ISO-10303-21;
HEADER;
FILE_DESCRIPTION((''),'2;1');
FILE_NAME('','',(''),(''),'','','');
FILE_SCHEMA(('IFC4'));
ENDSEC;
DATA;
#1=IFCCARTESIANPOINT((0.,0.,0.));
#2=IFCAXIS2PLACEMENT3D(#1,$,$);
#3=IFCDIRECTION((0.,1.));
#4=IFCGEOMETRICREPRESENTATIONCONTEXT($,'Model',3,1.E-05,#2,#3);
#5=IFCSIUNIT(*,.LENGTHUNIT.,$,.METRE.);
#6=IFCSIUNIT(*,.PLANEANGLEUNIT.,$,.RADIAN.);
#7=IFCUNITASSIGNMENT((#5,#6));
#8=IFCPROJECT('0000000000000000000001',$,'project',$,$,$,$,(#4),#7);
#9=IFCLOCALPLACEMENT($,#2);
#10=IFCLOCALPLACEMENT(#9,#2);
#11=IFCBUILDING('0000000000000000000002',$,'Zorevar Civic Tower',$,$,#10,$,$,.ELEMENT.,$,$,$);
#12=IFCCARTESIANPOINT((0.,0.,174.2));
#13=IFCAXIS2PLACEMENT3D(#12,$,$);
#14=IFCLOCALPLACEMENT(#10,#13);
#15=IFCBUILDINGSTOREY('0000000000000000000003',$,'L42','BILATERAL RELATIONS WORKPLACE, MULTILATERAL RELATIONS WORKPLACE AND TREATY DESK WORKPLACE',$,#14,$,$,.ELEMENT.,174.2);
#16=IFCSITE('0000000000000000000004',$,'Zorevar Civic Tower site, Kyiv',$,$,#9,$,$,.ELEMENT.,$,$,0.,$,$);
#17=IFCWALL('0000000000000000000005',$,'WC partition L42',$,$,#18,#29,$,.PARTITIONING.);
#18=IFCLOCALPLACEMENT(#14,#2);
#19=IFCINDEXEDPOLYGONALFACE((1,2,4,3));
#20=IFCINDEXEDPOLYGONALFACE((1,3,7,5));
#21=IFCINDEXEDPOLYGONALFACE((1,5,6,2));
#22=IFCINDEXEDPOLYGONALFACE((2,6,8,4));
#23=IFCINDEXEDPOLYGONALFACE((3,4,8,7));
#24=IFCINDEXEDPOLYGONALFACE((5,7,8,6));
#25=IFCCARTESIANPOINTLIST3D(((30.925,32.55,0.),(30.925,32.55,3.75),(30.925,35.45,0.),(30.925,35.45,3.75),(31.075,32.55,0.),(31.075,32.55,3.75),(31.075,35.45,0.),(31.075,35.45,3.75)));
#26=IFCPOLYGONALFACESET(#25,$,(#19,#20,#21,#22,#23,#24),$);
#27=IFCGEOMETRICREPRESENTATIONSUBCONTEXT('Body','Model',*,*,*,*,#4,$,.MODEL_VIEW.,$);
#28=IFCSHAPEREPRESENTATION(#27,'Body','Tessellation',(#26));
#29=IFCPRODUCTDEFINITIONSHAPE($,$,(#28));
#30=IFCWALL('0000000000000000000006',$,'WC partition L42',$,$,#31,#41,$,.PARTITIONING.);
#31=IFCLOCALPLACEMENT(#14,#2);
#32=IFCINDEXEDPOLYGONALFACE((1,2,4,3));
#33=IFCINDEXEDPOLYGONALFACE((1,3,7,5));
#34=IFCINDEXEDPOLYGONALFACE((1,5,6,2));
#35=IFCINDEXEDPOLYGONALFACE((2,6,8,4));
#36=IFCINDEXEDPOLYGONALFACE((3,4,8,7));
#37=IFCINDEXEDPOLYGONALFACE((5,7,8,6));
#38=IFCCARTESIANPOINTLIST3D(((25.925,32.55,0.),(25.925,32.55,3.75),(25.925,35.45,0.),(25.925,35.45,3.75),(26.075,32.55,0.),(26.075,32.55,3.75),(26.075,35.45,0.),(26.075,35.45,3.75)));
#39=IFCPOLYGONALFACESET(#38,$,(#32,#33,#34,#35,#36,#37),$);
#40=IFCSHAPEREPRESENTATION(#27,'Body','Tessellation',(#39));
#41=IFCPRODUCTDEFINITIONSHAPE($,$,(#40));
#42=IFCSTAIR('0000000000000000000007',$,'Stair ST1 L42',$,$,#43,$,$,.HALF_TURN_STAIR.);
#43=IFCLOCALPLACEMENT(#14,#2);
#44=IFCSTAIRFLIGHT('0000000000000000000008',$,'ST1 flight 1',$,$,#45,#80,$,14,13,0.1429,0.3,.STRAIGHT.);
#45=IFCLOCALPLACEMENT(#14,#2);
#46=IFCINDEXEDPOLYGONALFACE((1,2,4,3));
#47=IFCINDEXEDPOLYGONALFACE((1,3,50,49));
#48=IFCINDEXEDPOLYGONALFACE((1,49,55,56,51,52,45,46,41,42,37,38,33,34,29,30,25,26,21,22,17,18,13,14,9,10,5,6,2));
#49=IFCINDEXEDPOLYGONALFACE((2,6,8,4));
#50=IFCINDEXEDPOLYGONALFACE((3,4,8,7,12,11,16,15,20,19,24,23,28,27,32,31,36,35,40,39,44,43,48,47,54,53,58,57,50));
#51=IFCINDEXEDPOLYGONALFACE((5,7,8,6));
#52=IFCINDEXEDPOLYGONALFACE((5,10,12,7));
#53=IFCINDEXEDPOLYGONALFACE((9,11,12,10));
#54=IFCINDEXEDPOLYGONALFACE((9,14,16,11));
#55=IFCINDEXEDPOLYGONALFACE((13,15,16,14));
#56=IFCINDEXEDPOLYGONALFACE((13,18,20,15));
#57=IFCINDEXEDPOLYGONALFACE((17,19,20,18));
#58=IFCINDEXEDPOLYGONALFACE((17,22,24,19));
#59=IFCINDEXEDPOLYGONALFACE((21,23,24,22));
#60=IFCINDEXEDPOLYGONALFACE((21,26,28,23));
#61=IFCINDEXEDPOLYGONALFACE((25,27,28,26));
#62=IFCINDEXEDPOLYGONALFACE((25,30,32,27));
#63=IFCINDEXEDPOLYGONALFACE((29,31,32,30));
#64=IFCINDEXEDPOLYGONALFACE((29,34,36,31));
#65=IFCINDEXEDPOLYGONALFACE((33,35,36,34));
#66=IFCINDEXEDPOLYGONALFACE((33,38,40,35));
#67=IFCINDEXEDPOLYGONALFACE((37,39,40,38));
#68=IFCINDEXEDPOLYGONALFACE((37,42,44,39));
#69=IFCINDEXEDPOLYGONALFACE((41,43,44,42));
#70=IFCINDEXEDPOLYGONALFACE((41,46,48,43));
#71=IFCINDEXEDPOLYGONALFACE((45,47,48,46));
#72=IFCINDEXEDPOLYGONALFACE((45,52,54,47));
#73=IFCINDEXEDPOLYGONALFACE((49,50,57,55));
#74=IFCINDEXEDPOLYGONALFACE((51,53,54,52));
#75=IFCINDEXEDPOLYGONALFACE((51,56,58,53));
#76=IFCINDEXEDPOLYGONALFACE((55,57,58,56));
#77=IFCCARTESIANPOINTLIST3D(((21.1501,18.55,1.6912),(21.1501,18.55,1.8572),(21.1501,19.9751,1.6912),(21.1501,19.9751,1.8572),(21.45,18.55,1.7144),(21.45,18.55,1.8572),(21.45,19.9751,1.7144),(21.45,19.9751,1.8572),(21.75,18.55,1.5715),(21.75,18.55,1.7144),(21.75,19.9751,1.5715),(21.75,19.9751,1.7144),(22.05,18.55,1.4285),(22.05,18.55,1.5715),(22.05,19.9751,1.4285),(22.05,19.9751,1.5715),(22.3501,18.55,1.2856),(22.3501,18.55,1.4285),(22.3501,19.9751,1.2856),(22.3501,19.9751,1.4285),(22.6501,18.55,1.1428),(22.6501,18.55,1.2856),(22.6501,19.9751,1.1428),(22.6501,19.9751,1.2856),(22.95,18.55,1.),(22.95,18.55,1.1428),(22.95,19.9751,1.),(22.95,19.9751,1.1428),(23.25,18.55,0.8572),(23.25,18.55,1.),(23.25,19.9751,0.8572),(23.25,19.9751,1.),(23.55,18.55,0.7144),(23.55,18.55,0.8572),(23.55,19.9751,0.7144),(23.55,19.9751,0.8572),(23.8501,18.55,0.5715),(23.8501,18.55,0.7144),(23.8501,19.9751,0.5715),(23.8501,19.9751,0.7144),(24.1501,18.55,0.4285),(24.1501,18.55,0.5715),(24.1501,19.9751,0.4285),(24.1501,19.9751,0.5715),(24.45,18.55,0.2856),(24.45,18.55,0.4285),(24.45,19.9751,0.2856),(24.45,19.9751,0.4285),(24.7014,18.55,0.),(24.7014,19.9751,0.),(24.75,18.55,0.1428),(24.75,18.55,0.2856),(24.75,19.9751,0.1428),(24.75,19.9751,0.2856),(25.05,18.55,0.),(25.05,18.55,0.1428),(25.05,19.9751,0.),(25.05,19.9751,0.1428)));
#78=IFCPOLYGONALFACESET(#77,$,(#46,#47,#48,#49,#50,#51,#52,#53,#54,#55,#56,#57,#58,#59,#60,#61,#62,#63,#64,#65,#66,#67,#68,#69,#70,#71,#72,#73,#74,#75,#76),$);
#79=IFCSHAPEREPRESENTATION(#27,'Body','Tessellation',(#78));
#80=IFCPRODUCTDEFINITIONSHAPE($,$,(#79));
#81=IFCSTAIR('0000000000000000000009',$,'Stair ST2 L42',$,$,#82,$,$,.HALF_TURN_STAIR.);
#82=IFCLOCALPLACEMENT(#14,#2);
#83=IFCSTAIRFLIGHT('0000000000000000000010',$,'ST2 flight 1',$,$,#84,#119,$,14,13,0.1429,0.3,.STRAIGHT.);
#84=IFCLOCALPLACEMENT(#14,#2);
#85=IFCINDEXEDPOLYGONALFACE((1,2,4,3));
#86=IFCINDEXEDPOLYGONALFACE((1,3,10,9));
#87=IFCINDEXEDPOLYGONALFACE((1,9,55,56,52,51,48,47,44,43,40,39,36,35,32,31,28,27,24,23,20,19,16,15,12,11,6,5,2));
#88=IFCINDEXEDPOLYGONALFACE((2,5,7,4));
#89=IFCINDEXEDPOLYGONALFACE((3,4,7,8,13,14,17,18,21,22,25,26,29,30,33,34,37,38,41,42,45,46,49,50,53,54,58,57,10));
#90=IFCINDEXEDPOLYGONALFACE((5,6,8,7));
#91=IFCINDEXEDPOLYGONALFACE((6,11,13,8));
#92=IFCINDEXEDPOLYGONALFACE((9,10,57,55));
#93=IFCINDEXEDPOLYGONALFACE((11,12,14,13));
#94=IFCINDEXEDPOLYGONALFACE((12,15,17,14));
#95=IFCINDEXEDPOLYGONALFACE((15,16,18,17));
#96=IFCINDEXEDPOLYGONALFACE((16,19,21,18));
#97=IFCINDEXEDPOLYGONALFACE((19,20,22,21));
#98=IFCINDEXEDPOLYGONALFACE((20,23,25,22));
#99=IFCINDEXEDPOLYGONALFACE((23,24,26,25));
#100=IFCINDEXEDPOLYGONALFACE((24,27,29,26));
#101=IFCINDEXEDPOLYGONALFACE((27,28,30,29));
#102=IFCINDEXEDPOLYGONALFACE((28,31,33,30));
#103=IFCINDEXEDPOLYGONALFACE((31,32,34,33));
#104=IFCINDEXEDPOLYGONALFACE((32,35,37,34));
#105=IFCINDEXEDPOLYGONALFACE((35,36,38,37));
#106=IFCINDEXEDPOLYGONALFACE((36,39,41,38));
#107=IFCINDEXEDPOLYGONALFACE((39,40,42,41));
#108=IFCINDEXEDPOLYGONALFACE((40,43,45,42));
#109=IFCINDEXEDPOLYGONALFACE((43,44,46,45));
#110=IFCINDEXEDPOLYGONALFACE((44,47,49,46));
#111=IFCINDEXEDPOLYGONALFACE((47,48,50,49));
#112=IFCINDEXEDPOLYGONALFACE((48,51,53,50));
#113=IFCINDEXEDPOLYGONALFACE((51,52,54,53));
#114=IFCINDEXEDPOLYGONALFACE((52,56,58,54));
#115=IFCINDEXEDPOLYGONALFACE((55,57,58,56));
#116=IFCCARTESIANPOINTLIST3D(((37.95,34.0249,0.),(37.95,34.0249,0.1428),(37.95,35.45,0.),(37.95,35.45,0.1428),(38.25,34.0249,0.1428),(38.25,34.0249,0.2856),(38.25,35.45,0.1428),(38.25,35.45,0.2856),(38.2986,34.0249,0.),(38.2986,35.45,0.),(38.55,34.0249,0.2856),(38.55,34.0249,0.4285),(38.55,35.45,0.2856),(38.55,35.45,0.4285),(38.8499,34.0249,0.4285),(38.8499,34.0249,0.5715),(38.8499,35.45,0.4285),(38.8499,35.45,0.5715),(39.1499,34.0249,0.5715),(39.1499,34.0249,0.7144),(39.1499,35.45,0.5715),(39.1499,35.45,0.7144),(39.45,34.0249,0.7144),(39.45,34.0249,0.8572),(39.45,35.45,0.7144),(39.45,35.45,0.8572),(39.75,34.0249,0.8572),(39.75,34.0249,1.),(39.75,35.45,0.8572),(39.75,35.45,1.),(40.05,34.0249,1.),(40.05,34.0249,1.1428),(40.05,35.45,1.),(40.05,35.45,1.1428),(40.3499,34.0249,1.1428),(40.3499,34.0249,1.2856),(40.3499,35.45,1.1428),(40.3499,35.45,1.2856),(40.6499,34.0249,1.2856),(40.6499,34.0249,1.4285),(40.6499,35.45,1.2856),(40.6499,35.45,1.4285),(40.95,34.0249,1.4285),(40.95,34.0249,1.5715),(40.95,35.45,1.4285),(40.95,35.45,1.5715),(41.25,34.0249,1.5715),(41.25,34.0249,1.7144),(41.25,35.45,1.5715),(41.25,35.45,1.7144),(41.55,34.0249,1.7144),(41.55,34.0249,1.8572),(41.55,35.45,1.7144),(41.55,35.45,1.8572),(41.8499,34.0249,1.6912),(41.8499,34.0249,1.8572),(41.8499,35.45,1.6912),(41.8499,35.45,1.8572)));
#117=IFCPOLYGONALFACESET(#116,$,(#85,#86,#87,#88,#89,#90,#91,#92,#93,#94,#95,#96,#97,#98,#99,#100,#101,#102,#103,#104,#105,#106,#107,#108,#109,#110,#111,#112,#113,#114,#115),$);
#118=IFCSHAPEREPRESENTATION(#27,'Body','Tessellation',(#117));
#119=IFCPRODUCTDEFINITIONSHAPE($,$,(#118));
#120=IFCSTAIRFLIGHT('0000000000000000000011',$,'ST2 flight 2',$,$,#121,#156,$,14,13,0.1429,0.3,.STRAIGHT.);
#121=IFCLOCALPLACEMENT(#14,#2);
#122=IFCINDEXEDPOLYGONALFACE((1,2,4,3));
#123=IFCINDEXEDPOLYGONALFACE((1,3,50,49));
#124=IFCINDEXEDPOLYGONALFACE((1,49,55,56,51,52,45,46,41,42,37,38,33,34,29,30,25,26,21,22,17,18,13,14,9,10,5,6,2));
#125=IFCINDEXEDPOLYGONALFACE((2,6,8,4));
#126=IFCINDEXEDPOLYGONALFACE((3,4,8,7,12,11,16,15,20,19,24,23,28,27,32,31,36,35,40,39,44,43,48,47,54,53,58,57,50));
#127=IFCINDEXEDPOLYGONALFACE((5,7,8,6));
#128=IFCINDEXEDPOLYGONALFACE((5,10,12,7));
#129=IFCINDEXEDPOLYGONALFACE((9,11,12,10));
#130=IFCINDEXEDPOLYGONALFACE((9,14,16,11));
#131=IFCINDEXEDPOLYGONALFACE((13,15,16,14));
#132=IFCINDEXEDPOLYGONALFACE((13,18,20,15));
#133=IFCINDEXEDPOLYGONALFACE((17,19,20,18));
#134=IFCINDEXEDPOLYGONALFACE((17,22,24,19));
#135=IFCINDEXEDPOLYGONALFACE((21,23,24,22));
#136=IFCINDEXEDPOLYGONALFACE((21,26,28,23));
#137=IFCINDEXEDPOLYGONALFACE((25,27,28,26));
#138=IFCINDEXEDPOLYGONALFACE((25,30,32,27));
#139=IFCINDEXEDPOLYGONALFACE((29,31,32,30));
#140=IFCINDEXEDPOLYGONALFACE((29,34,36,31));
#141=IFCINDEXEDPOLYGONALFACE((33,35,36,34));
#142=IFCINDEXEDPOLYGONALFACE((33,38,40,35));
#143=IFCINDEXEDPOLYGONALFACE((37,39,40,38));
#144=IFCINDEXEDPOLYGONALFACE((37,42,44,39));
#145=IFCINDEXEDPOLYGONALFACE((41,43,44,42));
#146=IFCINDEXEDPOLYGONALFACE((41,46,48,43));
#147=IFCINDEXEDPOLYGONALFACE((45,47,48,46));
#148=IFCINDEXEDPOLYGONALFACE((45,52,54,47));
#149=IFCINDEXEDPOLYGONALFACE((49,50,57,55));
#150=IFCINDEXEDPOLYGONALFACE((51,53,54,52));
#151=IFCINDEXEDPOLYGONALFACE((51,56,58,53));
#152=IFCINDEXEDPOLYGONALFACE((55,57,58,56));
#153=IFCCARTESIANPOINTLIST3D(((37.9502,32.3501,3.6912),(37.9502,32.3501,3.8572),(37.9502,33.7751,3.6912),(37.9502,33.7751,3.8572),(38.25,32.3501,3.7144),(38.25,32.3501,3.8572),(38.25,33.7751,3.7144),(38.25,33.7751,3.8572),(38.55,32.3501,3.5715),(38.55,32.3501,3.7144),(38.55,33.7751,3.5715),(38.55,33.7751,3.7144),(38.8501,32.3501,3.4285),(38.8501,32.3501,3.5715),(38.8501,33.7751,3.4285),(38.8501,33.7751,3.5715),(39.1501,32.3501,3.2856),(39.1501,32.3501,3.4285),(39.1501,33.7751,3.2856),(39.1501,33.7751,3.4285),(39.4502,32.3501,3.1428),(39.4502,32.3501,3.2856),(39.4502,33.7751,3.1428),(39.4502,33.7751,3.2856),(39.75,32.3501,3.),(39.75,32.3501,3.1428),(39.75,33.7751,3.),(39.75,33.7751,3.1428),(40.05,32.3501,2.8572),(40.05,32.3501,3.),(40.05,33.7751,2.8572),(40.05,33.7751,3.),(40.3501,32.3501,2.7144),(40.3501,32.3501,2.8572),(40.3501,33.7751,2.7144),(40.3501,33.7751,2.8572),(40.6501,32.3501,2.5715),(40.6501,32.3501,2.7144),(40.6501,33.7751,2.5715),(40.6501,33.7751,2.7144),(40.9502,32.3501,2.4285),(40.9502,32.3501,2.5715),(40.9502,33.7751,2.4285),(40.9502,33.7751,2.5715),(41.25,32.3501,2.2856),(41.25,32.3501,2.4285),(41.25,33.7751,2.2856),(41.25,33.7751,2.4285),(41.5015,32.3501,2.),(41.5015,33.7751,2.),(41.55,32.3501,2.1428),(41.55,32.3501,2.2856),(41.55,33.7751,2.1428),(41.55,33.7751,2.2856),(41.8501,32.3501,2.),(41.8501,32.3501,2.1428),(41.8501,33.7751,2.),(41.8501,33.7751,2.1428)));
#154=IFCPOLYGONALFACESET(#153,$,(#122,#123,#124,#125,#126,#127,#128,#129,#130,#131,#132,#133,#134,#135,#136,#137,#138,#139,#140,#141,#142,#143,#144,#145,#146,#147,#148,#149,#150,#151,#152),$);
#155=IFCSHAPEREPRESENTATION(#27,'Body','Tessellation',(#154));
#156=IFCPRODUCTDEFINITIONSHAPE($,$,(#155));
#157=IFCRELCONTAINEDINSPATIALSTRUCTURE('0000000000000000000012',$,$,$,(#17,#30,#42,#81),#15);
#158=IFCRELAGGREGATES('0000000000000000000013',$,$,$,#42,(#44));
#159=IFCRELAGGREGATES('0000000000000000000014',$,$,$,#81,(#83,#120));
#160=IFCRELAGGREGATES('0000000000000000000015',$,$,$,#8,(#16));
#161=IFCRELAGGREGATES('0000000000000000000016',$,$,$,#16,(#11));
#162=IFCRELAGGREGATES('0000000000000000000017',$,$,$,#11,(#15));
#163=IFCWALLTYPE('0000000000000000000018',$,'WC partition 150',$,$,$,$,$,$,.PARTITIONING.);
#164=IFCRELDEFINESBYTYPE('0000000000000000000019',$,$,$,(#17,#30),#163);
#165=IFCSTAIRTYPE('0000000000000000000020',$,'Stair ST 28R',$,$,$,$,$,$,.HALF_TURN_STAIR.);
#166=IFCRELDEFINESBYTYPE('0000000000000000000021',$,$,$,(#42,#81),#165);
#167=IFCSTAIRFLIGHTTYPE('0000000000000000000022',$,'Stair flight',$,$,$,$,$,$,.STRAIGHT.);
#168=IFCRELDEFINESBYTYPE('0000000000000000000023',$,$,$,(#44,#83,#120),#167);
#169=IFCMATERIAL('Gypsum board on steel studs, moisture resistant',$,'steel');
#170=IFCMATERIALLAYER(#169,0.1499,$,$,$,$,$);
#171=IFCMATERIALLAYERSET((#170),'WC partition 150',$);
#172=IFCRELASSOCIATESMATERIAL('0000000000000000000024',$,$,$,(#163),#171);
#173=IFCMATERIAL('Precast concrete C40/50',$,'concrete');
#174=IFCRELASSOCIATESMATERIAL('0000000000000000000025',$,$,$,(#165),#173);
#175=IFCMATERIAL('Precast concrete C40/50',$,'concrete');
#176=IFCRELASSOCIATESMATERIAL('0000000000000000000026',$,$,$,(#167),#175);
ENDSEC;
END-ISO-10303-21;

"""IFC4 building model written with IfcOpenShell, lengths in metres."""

from ifc_helpers import new_model, si_unit, direction, frame, frame_2d, origin, place, context, subcontext, project, spatial, polyline, rectangle, outline, extrude, material, layer, layer_set, type_object, element, aggregate, save


model = new_model("IFC4")

# Units and contexts
model_context = context("Model", 3, precision=1e-05, world=origin(), true_north=direction((0.0, 1.0)))
body_context = subcontext(model_context, "Body", "Model", "MODEL_VIEW")
ifc_project = project(units=[si_unit("LENGTHUNIT", "METRE"), si_unit("PLANEANGLEUNIT", "RADIAN")], contexts=[model_context])

# Site, building, storey
site_placement = place(None, origin())
site = spatial("IfcSite", under=ifc_project, at=site_placement, Name="Zorevar Civic Tower site, Kyiv", CompositionType="ELEMENT", RefElevation=0.0)
building_placement = place(site_placement, origin())
building = spatial("IfcBuilding", under=site, at=building_placement, Name="Zorevar Civic Tower", CompositionType="ELEMENT")
storey_placement = place(building_placement, frame((0.0, 0.0, 174.2)))
storey = spatial("IfcBuildingStorey", under=building, at=storey_placement, Name="L42", Description="BILATERAL RELATIONS WORKPLACE, MULTILATERAL RELATIONS WORKPLACE AND TREATY DESK WORKPLACE", CompositionType="ELEMENT", Elevation=174.2)

# Walls
ifc_material_1 = material(Name="Gypsum board on steel studs, moisture resistant", Category="steel")
ifc_layer_1 = layer(ifc_material_1, 0.1499)
ifc_layer_set_1 = layer_set([ifc_layer_1], Name="WC partition 150")
wall_type_1 = type_object("IfcWallType", Name="WC partition 150", PredefinedType="PARTITIONING", material=ifc_layer_set_1)
for number, where, z_axis, x_axis, name in (
    (1, (31.0, 32.55, 0.0), (0.0, 0.0, 1.0), (0.0, 1.0, 0.0), "WC partition L42"),
    (2, (26.0, 32.55, 0.0), (0.0, 0.0, 1.0), (0.0, 1.0, 0.0), "WC partition L42"),
):
    element("IfcWall", number, at=place(storey_placement, frame(where, z_axis=z_axis, x_axis=x_axis)), inside=storey, type_object=wall_type_1, Name=name, PredefinedType="PARTITIONING", context=body_context, shape_type="SweptSolid", body=[
        extrude(rectangle(XDim=2.8999, YDim=0.1499, at=frame_2d((1.45, 0.0))), origin(), (0.0, 0.0, 1.0), 3.75),
    ])

# Stair, stair flight
ifc_material_2 = material(Name="Precast concrete C40/50", Category="concrete")
stair_type = type_object("IfcStairType", Name="Stair ST 28R", PredefinedType="HALF_TURN_STAIR", material=ifc_material_2)
stair_1_placement = place(storey_placement, origin())
stair_1 = element("IfcStair", 3, at=stair_1_placement, inside=storey, type_object=stair_type, Name="Stair ST1 L42", PredefinedType="HALF_TURN_STAIR")
ifc_material_3 = material(Name="Precast concrete C40/50", Category="concrete")
stair_flight_type = type_object("IfcStairFlightType", Name="Stair flight", PredefinedType="STRAIGHT", material=ifc_material_3)
stair_flight_1_placement = place(storey_placement, frame((25.05, 19.2625, 0.0), z_axis=(0.0, 0.0, 1.0), x_axis=(-1.0, 0.0, 0.0)))
stair_flight_1 = element("IfcStairFlight", 4, at=stair_flight_1_placement, type_object=stair_flight_type, Name="ST1 flight 1", NumberOfRisers=14, NumberOfTreads=13, PredefinedType="STRAIGHT", RiserHeight=0.1429, TreadLength=0.3, context=body_context, shape_type="SweptSolid", body=[
    extrude(outline(polyline([(0.0, 0.0), (0.0, 0.1428), (0.3, 0.1428), (0.3, 0.2856), (0.6001, 0.2856), (0.6001, 0.4285), (0.8999, 0.4285), (0.8999, 0.5715), (1.2, 0.5715), (1.2, 0.7144), (1.5, 0.7144), (1.5, 0.8572), (1.8, 0.8572), (1.8, 1.0), (2.1001, 1.0), (2.1001, 1.1428), (2.3999, 1.1428), (2.3999, 1.2856), (2.7, 1.2856), (2.7, 1.4285), (3.0, 1.4285), (3.0, 1.5715), (3.3, 1.5715), (3.3, 1.7144), (3.6001, 1.7144), (3.6001, 1.8572), (3.8999, 1.8572), (3.8999, 2.0), (3.8999, 1.6912), (0.3486, 0.0), (0.0, 0.0)])), frame((0.0, 0.7124, 0.0), z_axis=(0.0, -1.0, 0.0), x_axis=(1.0, 0.0, 0.0)), (0.0, 0.0, 1.0), 1.425),
])
aggregate(stair_1, [stair_flight_1])

# Stair, stair flights
stair_2_placement = place(storey_placement, origin())
stair_2 = element("IfcStair", 5, at=stair_2_placement, inside=storey, type_object=stair_type, Name="Stair ST2 L42", PredefinedType="HALF_TURN_STAIR")
stair_flight_2_placement = place(storey_placement, frame((37.95, 34.7375, 0.0), z_axis=(0.0, 0.0, 1.0), x_axis=(1.0, 0.0, 0.0)))
stair_flight_2 = element("IfcStairFlight", 6, at=stair_flight_2_placement, type_object=stair_flight_type, Name="ST2 flight 1", NumberOfRisers=14, NumberOfTreads=13, PredefinedType="STRAIGHT", RiserHeight=0.1429, TreadLength=0.3, context=body_context, shape_type="SweptSolid", body=[
    extrude(outline(polyline([(0.0, 0.0), (0.0, 0.1428), (0.3, 0.1428), (0.3, 0.2856), (0.6001, 0.2856), (0.6001, 0.4285), (0.8999, 0.4285), (0.8999, 0.5715), (1.2, 0.5715), (1.2, 0.7144), (1.5, 0.7144), (1.5, 0.8572), (1.8, 0.8572), (1.8, 1.0), (2.1001, 1.0), (2.1001, 1.1428), (2.3999, 1.1428), (2.3999, 1.2856), (2.7, 1.2856), (2.7, 1.4285), (3.0, 1.4285), (3.0, 1.5715), (3.3, 1.5715), (3.3, 1.7144), (3.6001, 1.7144), (3.6001, 1.8572), (3.8999, 1.8572), (3.8999, 2.0), (3.8999, 1.6912), (0.3486, 0.0), (0.0, 0.0)])), frame((0.0, 0.7124, 0.0), z_axis=(0.0, -1.0, 0.0), x_axis=(1.0, 0.0, 0.0)), (0.0, 0.0, 1.0), 1.425),
])
stair_flight_3_placement = place(storey_placement, frame((41.8501, 33.0625, 2.0), z_axis=(0.0, 0.0, 1.0), x_axis=(-1.0, 0.0, 0.0)))
stair_flight_3 = element("IfcStairFlight", 7, at=stair_flight_3_placement, type_object=stair_flight_type, Name="ST2 flight 2", NumberOfRisers=14, NumberOfTreads=13, PredefinedType="STRAIGHT", RiserHeight=0.1429, TreadLength=0.3, context=body_context, shape_type="SweptSolid", body=[
    extrude(outline(polyline([(0.0, 0.0), (0.0, 0.1428), (0.3, 0.1428), (0.3, 0.2856), (0.6001, 0.2856), (0.6001, 0.4285), (0.8999, 0.4285), (0.8999, 0.5715), (1.2, 0.5715), (1.2, 0.7144), (1.5, 0.7144), (1.5, 0.8572), (1.8, 0.8572), (1.8, 1.0), (2.1001, 1.0), (2.1001, 1.1428), (2.3999, 1.1428), (2.3999, 1.2856), (2.7, 1.2856), (2.7, 1.4285), (3.0, 1.4285), (3.0, 1.5715), (3.3, 1.5715), (3.3, 1.7144), (3.6001, 1.7144), (3.6001, 1.8572), (3.8999, 1.8572), (3.8999, 2.0), (3.8999, 1.6912), (0.3486, 0.0), (0.0, 0.0)])), frame((0.0, 0.7124, 0.0), z_axis=(0.0, -1.0, 0.0), x_axis=(1.0, 0.0, 0.0)), (0.0, 0.0, 1.0), 1.425),
])
aggregate(stair_2, [stair_flight_2, stair_flight_3])

save(model, "model.ifc")
